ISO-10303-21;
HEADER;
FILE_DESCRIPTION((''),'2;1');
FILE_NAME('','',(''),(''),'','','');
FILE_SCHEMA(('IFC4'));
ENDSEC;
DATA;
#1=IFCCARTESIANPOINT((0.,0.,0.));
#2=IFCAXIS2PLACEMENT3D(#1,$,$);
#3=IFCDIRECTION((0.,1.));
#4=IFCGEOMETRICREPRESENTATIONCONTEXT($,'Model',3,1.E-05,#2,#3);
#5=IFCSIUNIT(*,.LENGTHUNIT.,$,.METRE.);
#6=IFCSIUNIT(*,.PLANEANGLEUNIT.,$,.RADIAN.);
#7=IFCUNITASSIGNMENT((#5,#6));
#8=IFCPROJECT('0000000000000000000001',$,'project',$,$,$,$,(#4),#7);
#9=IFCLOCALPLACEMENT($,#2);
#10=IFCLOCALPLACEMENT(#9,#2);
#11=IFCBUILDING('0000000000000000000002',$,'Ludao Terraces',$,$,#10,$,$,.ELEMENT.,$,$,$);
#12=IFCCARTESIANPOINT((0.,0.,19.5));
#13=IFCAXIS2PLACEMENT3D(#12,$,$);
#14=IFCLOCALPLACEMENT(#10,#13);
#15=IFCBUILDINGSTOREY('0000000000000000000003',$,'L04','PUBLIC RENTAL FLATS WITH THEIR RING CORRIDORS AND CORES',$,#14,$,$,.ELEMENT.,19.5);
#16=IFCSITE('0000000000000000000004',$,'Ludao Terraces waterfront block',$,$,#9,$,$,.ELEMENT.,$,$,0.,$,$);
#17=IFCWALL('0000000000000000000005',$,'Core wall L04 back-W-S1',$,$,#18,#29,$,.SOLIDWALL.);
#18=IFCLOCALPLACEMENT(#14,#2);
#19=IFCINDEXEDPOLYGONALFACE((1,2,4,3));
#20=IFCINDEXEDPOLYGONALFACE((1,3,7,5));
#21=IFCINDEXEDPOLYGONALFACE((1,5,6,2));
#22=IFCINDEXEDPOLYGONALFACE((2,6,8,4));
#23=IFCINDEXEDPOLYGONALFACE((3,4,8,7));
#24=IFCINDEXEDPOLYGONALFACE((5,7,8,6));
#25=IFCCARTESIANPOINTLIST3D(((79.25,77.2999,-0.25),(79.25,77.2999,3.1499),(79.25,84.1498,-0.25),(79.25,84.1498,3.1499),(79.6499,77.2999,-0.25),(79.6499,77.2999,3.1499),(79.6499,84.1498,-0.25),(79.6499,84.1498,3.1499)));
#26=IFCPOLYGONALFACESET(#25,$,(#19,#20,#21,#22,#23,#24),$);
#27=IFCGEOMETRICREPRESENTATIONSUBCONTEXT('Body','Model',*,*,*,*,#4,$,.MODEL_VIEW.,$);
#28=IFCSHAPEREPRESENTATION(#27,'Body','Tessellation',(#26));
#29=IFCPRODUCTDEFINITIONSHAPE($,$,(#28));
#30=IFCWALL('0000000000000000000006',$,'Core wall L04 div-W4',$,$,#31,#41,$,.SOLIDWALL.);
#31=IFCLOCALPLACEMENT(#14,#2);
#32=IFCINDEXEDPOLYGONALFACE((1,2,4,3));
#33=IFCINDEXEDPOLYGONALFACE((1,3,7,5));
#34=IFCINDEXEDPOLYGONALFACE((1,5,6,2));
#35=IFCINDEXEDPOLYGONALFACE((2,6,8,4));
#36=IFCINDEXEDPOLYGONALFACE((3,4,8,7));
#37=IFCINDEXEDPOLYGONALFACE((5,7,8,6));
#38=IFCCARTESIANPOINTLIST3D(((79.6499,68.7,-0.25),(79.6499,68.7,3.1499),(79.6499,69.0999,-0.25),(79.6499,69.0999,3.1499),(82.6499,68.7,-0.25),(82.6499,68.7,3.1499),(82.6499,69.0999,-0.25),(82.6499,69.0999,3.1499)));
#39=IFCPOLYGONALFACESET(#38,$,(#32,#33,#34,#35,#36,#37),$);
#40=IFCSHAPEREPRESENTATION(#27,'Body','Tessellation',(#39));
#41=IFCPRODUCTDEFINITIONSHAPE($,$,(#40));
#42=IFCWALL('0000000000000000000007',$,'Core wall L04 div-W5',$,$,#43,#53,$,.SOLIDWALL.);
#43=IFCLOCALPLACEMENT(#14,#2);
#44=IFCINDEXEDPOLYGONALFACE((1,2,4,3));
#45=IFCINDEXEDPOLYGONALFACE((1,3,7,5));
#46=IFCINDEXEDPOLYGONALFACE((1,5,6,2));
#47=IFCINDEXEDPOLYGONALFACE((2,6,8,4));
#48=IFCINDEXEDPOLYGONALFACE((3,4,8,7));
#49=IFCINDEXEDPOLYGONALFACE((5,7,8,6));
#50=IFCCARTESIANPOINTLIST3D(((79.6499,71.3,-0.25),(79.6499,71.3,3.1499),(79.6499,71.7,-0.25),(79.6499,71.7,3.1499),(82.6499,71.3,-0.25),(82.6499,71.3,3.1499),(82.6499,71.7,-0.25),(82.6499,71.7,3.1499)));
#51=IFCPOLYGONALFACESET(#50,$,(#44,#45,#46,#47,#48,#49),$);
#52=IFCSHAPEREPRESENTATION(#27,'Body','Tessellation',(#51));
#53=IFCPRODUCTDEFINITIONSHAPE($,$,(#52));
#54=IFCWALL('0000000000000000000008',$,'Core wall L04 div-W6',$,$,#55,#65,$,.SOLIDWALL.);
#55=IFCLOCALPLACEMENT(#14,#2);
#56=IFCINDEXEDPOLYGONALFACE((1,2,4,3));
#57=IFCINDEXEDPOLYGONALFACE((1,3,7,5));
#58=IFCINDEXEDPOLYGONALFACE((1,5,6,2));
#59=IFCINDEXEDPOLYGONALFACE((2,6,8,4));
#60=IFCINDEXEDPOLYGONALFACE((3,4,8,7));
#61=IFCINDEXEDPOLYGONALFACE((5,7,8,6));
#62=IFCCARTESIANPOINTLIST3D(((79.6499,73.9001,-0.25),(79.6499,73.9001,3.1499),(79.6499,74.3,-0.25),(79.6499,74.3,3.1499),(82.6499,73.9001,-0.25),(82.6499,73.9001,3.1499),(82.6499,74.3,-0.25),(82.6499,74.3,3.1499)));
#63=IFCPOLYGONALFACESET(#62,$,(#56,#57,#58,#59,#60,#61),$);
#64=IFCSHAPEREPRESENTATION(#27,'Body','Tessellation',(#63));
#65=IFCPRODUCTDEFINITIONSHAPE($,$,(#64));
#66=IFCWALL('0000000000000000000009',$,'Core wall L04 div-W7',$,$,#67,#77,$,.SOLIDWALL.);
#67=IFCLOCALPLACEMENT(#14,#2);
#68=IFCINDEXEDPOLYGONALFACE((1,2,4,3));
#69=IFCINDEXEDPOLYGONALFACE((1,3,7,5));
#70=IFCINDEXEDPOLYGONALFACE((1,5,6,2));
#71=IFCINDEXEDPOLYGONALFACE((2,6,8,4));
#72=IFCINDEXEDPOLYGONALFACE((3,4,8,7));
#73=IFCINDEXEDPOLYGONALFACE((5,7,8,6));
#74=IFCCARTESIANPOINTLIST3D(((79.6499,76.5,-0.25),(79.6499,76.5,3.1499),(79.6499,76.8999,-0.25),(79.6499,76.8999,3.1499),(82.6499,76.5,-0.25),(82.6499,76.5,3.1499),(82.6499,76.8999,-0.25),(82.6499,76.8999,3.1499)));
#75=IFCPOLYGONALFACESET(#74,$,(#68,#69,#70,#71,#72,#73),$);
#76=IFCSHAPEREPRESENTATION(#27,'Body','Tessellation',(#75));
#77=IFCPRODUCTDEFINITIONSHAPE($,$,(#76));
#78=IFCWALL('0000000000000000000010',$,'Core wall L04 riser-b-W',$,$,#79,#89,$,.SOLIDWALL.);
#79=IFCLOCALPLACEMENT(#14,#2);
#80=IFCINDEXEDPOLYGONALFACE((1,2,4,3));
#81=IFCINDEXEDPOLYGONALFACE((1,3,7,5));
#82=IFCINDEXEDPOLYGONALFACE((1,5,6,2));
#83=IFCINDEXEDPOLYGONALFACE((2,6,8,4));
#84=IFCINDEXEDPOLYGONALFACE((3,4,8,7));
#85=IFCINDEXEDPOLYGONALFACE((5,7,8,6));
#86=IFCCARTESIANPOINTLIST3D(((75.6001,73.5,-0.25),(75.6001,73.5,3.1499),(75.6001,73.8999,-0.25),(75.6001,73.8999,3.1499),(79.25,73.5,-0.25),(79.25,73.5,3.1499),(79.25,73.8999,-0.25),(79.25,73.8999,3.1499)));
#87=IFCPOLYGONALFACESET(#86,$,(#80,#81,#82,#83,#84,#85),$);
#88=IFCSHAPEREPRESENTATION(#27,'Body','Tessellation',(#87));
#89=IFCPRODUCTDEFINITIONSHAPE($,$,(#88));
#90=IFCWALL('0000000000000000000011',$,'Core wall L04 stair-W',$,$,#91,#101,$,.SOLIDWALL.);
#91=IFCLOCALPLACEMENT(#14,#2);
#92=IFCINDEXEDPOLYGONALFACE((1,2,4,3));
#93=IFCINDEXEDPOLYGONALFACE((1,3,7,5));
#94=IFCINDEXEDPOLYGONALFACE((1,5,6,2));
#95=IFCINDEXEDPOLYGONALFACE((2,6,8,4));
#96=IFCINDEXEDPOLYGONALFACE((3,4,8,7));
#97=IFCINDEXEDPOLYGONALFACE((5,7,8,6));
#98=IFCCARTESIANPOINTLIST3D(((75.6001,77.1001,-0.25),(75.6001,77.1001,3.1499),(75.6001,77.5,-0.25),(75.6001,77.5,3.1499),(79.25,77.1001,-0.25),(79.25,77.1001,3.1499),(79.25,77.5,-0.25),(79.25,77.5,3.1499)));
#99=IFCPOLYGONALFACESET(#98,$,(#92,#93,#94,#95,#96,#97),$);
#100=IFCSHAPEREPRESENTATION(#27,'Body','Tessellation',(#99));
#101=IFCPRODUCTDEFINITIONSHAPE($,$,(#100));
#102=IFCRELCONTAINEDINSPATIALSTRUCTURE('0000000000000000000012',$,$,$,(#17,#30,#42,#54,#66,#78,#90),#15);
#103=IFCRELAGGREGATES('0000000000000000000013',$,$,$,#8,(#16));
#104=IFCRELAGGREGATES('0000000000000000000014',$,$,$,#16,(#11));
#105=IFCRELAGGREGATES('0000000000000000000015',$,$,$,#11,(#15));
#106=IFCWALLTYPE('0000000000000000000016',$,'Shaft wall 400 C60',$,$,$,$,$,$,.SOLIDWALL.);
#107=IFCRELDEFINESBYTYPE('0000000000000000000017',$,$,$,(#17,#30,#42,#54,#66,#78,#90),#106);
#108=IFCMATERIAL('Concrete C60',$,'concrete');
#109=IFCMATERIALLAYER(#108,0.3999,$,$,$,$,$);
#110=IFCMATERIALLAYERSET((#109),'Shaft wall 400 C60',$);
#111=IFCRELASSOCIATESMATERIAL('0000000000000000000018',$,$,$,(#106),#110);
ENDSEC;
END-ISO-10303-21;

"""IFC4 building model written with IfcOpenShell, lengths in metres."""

from ifc_helpers import new_model, si_unit, direction, frame, frame_2d, origin, place, context, subcontext, project, spatial, rectangle, extrude, material, layer, layer_set, type_object, element, save


model = new_model("IFC4")

# Units and contexts
model_context = context("Model", 3, precision=1e-05, world=origin(), true_north=direction((0.0, 1.0)))
body_context = subcontext(model_context, "Body", "Model", "MODEL_VIEW")
ifc_project = project(units=[si_unit("LENGTHUNIT", "METRE"), si_unit("PLANEANGLEUNIT", "RADIAN")], contexts=[model_context])

# Site, building, storey
site_placement = place(None, origin())
site = spatial("IfcSite", under=ifc_project, at=site_placement, Name="Ludao Terraces waterfront block", CompositionType="ELEMENT", RefElevation=0.0)
building_placement = place(site_placement, origin())
building = spatial("IfcBuilding", under=site, at=building_placement, Name="Ludao Terraces", CompositionType="ELEMENT")
storey_placement = place(building_placement, frame((0.0, 0.0, 19.5)))
storey = spatial("IfcBuildingStorey", under=building, at=storey_placement, Name="L04", Description="PUBLIC RENTAL FLATS WITH THEIR RING CORRIDORS AND CORES", CompositionType="ELEMENT", Elevation=19.5)

# Walls
ifc_material_1 = material(Name="Concrete C60", Category="concrete")
ifc_layer_1 = layer(ifc_material_1, 0.3999)
ifc_layer_set_1 = layer_set([ifc_layer_1], Name="Shaft wall 400 C60")
wall_type_1 = type_object("IfcWallType", Name="Shaft wall 400 C60", PredefinedType="SOLIDWALL", material=ifc_layer_set_1)
wall_1_placement = place(storey_placement, frame((79.45, 77.3, -0.25), z_axis=(0.0, 0.0, 1.0), x_axis=(0.0, 1.0, 0.0)))
element("IfcWall", 1, at=wall_1_placement, inside=storey, type_object=wall_type_1, Name="Core wall L04 back-W-S1", PredefinedType="SOLIDWALL", context=body_context, shape_type="SweptSolid", body=[
    extrude(rectangle(XDim=6.8499, YDim=0.3999, at=frame_2d((3.4248, 0.0))), origin(), (0.0, 0.0, 1.0), 3.3999),
])
for number, where, z_axis, x_axis, name in (
    (2, (79.6499, 68.8999, -0.25), (0.0, 0.0, 1.0), (1.0, 0.0, 0.0), "Core wall L04 div-W4"),
    (3, (79.6499, 71.5, -0.25), (0.0, 0.0, 1.0), (1.0, 0.0, 0.0), "Core wall L04 div-W5"),
    (4, (79.6499, 74.1001, -0.25), (0.0, 0.0, 1.0), (1.0, 0.0, 0.0), "Core wall L04 div-W6"),
    (5, (79.6499, 76.7, -0.25), (0.0, 0.0, 1.0), (1.0, 0.0, 0.0), "Core wall L04 div-W7"),
):
    element("IfcWall", number, at=place(storey_placement, frame(where, z_axis=z_axis, x_axis=x_axis)), inside=storey, type_object=wall_type_1, Name=name, PredefinedType="SOLIDWALL", context=body_context, shape_type="SweptSolid", body=[
        extrude(rectangle(XDim=3.0, YDim=0.3999, at=frame_2d((1.5, 0.0))), origin(), (0.0, 0.0, 1.0), 3.3999),
    ])
for number, where, z_axis, x_axis, name in (
    (6, (75.6001, 73.7, -0.25), (0.0, 0.0, 1.0), (1.0, 0.0, 0.0), "Core wall L04 riser-b-W"),
    (7, (75.6001, 77.3, -0.25), (0.0, 0.0, 1.0), (1.0, 0.0, 0.0), "Core wall L04 stair-W"),
):
    element("IfcWall", number, at=place(storey_placement, frame(where, z_axis=z_axis, x_axis=x_axis)), inside=storey, type_object=wall_type_1, Name=name, PredefinedType="SOLIDWALL", context=body_context, shape_type="SweptSolid", body=[
        extrude(rectangle(XDim=3.6499, YDim=0.3999, at=frame_2d((1.825, 0.0))), origin(), (0.0, 0.0, 1.0), 3.3999),
    ])

save(model, "model.ifc")
